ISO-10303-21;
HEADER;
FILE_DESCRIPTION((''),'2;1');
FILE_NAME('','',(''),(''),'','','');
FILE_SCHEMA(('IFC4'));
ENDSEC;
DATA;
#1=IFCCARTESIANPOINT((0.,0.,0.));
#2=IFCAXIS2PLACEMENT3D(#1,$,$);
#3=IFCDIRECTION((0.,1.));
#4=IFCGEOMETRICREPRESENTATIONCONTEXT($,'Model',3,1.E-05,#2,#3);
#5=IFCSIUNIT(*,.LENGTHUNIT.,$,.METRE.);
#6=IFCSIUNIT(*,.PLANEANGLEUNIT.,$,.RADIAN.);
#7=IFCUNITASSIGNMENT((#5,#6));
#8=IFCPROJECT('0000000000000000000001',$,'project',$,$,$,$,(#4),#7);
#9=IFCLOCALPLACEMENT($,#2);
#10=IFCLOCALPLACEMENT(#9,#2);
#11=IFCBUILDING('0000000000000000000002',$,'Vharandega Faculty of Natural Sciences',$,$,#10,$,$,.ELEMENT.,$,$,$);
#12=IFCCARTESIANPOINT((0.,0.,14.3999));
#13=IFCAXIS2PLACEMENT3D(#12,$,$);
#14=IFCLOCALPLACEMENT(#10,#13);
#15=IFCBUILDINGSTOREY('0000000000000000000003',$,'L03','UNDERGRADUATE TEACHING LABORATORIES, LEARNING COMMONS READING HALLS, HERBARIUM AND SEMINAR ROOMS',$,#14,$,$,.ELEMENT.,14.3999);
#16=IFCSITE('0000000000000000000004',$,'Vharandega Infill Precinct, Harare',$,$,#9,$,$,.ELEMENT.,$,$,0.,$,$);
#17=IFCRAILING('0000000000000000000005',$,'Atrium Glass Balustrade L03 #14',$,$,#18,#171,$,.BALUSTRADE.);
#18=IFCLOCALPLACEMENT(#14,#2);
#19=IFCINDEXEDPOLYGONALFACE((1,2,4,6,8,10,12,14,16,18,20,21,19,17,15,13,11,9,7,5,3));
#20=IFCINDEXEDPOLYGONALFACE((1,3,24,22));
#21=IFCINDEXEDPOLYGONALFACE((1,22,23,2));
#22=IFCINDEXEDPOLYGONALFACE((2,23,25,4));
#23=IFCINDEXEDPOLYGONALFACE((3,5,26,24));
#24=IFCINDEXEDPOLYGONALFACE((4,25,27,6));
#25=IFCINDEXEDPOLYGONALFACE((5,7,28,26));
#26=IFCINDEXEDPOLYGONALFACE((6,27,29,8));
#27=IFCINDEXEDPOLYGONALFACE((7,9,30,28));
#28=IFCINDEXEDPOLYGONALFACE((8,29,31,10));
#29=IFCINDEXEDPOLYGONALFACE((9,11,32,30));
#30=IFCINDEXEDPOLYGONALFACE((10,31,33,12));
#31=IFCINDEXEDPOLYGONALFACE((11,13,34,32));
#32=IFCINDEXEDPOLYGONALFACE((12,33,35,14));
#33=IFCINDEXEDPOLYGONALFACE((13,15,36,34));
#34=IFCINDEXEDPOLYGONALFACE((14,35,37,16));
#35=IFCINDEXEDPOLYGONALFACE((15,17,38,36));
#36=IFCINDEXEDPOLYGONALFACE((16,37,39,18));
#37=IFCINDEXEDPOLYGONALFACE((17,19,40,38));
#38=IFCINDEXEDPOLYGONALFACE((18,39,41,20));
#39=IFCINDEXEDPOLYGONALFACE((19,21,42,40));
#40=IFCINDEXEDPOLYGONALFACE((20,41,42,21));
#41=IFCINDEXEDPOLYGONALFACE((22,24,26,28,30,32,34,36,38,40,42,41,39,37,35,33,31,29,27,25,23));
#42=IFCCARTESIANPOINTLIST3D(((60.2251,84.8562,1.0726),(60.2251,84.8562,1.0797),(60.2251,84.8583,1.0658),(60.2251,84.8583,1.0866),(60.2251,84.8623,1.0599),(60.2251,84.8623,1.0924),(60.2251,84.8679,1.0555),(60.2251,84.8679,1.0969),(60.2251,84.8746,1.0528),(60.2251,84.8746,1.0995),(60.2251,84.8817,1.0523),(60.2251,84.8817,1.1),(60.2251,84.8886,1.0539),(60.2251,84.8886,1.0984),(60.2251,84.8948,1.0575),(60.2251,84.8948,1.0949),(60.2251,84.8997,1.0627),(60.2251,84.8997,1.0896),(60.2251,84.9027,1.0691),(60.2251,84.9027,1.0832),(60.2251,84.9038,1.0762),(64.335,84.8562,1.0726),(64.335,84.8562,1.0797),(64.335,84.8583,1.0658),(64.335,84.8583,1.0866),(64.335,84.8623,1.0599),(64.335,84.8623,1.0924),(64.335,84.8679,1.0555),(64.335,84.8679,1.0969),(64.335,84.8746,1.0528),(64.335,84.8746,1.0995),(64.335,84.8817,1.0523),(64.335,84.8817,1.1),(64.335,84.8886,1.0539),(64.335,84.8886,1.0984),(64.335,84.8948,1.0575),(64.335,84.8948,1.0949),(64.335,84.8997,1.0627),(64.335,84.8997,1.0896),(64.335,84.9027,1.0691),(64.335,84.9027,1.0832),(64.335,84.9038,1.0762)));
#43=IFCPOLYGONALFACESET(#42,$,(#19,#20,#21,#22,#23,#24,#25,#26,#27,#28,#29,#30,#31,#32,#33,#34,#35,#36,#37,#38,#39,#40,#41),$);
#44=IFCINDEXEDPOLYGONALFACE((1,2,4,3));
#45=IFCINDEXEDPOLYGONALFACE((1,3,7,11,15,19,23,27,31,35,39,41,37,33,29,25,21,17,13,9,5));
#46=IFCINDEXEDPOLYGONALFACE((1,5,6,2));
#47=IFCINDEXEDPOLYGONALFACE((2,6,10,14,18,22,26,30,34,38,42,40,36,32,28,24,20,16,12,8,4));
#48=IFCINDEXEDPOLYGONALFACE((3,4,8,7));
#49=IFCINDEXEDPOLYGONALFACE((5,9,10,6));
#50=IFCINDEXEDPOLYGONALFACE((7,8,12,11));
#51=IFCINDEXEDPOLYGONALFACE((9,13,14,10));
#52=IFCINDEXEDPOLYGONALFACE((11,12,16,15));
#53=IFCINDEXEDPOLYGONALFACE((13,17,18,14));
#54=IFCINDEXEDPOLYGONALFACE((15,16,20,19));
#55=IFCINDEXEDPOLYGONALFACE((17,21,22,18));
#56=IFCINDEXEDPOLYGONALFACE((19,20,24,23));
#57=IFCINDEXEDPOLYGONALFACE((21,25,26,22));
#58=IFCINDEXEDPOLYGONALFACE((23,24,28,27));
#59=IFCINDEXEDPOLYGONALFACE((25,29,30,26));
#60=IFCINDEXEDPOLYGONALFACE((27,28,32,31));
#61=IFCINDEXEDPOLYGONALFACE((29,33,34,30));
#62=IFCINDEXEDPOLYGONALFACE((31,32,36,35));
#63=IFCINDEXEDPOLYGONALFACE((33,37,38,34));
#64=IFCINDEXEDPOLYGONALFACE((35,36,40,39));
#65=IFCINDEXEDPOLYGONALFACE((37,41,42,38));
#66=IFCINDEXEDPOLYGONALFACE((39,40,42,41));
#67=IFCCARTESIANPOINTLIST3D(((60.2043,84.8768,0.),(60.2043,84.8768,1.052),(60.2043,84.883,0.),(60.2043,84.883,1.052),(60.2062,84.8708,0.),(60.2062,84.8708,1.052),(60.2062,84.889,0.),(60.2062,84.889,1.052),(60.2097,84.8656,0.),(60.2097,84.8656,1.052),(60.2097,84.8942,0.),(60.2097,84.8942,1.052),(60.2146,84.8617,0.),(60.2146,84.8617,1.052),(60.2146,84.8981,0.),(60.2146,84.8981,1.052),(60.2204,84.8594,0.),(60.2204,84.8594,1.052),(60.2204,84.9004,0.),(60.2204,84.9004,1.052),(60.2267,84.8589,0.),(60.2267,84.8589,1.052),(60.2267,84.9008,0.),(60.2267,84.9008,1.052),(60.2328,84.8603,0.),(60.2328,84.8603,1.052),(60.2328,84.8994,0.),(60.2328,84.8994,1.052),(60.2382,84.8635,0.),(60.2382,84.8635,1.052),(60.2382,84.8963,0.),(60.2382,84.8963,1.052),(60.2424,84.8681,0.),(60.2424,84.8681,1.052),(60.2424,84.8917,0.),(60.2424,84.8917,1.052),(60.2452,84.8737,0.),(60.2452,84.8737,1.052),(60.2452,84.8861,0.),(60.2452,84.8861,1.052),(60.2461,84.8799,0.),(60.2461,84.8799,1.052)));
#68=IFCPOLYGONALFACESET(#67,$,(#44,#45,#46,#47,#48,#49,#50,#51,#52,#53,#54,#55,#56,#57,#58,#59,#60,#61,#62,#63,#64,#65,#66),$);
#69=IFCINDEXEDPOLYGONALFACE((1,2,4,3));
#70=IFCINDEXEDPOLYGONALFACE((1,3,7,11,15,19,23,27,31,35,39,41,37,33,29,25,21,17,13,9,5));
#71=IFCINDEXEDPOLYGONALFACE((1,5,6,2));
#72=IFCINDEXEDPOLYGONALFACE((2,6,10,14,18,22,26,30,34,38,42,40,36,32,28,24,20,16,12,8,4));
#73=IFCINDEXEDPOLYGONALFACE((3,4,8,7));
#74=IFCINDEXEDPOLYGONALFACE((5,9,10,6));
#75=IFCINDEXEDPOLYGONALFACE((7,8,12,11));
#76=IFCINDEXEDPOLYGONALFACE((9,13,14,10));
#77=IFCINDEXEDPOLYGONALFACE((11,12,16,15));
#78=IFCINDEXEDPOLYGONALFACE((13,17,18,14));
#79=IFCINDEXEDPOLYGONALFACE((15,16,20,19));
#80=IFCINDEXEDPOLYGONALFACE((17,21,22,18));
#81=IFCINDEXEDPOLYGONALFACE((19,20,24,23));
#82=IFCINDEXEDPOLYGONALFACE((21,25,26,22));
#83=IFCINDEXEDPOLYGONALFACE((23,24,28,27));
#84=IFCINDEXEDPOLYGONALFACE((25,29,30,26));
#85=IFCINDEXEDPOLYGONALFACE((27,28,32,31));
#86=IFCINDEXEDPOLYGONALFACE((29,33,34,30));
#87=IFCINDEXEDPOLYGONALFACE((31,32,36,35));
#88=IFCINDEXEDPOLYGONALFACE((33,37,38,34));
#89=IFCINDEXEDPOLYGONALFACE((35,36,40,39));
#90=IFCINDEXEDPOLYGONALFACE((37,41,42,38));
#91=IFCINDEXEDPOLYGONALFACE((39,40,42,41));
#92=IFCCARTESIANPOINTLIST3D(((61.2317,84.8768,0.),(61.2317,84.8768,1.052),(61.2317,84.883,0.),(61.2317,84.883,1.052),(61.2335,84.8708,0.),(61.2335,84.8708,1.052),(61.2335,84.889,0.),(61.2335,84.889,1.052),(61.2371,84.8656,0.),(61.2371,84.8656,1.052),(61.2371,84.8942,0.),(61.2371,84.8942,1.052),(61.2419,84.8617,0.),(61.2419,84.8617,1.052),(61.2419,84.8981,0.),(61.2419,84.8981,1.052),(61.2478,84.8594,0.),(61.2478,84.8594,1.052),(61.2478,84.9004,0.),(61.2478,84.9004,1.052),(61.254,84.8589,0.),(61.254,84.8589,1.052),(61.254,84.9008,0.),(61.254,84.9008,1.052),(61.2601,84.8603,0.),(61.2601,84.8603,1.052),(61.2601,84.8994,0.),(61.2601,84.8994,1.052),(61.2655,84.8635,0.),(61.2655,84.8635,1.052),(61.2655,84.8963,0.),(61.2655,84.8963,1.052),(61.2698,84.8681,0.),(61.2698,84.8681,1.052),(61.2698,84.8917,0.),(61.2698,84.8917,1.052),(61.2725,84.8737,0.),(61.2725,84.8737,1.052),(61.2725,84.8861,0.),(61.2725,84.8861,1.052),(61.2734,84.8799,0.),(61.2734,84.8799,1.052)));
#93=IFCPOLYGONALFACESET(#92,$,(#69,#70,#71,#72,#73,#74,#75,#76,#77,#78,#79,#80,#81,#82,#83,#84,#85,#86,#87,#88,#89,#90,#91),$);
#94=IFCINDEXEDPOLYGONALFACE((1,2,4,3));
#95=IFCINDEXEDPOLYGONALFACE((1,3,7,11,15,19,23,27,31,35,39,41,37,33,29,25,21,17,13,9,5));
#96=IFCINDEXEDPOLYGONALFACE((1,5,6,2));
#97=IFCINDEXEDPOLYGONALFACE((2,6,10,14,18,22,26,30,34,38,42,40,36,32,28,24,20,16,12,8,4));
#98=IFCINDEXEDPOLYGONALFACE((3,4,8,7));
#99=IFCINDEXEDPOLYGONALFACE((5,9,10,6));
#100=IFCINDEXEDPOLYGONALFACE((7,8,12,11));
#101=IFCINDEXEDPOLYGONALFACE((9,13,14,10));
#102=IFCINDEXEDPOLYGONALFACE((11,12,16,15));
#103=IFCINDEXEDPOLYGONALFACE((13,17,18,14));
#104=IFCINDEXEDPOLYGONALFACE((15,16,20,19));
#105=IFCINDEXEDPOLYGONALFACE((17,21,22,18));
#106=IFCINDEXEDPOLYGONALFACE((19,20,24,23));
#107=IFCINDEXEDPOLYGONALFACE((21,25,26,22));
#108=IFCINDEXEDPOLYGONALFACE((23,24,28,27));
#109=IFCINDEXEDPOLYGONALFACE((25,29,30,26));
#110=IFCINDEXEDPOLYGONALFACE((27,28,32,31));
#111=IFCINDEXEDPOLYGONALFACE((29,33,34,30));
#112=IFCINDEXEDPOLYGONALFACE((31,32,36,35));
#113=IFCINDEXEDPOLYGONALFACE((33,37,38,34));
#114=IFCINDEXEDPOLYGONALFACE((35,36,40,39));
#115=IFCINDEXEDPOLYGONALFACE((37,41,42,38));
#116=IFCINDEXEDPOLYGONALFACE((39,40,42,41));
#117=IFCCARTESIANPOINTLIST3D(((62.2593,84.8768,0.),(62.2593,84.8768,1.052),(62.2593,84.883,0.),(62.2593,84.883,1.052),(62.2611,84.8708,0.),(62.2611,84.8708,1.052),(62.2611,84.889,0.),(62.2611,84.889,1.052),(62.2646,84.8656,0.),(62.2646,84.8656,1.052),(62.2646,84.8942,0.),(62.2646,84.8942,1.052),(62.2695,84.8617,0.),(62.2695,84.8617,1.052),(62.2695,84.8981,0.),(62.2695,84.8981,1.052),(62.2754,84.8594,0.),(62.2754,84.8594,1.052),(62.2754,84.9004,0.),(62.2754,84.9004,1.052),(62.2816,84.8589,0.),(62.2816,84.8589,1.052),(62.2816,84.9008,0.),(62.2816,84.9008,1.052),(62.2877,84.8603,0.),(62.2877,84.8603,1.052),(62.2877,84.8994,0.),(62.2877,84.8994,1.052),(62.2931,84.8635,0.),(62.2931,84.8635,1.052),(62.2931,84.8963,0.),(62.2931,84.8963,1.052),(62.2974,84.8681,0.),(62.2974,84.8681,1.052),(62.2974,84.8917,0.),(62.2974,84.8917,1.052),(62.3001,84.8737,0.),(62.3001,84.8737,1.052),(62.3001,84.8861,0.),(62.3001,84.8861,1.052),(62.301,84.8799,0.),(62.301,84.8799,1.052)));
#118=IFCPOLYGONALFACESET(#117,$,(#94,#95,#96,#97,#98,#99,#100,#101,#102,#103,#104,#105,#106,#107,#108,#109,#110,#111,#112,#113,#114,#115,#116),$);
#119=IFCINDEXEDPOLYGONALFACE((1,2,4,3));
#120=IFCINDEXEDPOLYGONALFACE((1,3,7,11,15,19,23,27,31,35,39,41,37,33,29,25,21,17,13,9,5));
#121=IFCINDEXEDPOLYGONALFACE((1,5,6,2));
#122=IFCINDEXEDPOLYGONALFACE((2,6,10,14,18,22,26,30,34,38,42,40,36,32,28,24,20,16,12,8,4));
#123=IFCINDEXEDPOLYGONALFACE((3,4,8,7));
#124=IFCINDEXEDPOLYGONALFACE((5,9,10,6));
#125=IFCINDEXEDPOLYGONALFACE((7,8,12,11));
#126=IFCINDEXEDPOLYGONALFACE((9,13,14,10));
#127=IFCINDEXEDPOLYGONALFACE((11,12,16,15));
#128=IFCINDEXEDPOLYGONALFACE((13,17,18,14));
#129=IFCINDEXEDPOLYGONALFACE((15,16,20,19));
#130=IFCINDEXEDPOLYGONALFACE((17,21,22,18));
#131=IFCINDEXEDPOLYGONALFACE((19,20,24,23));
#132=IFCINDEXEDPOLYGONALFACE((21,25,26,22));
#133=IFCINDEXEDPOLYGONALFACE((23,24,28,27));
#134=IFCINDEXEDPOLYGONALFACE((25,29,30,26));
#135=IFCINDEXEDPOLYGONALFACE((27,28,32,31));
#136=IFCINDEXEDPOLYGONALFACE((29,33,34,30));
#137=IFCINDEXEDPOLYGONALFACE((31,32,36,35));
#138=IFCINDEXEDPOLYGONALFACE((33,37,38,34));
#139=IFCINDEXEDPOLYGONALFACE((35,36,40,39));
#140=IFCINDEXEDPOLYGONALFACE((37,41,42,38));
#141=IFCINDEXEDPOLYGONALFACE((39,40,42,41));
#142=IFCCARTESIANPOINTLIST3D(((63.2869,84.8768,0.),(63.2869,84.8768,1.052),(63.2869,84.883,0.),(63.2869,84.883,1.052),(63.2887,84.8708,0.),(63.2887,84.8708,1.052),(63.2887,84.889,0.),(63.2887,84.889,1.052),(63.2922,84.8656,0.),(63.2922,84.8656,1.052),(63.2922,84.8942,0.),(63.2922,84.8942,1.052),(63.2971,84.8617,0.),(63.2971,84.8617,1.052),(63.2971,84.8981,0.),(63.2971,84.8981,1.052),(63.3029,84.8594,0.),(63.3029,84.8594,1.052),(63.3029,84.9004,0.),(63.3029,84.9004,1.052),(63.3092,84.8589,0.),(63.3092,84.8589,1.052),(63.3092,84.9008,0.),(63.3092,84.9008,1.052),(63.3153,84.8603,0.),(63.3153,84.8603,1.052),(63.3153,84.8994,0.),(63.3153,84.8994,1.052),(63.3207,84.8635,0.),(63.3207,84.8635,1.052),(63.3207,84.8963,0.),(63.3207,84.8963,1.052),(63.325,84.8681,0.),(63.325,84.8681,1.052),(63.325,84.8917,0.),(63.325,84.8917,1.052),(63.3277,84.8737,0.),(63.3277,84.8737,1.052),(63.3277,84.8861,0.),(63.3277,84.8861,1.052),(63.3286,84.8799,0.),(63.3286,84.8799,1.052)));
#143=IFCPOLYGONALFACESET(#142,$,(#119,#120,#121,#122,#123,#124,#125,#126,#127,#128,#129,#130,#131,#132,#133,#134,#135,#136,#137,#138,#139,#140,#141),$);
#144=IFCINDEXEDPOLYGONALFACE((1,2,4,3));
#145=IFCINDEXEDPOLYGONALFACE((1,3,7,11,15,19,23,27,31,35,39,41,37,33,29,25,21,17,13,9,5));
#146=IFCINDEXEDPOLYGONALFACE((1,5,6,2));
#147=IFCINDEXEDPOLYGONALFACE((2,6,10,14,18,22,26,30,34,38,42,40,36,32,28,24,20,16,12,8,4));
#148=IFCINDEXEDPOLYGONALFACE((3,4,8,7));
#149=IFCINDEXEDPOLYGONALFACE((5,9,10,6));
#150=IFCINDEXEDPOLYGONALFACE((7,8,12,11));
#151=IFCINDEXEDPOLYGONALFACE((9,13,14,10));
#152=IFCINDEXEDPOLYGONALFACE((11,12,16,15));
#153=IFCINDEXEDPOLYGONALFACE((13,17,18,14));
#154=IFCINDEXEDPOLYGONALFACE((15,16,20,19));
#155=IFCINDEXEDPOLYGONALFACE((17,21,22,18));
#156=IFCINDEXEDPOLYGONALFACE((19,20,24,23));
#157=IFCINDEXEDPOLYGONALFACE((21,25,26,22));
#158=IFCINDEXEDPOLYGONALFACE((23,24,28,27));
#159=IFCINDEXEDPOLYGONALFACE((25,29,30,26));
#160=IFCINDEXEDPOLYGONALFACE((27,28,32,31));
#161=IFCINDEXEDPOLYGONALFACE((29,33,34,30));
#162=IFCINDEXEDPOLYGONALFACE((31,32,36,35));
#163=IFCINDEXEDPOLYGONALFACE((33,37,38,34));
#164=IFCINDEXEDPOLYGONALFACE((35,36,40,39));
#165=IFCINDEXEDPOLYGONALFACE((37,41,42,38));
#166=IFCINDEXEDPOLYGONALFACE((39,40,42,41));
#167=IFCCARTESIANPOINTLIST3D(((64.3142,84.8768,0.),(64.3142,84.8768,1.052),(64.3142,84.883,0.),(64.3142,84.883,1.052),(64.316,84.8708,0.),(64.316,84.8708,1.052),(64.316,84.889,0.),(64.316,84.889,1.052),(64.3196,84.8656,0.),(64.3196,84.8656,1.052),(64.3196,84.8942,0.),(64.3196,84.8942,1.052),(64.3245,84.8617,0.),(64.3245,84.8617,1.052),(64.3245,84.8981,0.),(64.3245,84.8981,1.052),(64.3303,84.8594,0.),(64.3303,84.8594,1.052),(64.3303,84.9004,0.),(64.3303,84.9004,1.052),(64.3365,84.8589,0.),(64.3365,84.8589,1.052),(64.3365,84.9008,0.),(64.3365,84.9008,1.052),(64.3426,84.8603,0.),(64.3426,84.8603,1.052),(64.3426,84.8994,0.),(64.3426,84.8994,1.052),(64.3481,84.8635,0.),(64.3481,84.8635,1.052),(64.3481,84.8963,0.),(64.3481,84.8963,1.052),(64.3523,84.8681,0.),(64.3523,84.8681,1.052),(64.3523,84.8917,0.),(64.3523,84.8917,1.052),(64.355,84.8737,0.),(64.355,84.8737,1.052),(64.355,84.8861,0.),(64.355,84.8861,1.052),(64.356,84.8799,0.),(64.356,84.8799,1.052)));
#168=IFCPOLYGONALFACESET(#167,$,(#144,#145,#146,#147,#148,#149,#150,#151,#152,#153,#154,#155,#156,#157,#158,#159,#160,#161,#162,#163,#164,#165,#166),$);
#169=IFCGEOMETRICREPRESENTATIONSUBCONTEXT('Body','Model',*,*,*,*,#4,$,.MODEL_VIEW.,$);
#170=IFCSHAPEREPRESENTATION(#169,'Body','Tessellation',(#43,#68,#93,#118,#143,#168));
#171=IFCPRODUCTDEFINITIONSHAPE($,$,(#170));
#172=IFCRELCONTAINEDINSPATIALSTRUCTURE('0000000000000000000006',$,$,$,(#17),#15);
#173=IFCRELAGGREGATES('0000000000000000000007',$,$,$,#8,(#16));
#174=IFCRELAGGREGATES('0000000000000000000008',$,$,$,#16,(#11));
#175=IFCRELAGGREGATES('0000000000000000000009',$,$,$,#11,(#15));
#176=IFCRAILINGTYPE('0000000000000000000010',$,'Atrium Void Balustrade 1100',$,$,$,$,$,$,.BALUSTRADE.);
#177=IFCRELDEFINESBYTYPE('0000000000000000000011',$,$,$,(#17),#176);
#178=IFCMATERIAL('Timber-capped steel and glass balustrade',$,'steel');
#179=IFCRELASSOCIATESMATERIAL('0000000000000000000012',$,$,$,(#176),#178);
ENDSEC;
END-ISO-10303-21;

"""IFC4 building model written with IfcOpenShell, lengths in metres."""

from ifc_helpers import new_model, si_unit, direction, frame, origin, origin_2d, place, context, subcontext, project, spatial, circle, extrude, material, type_object, element, save


model = new_model("IFC4")

# Units and contexts
model_context = context("Model", 3, precision=1e-05, world=origin(), true_north=direction((0.0, 1.0)))
body_context = subcontext(model_context, "Body", "Model", "MODEL_VIEW")
ifc_project = project(units=[si_unit("LENGTHUNIT", "METRE"), si_unit("PLANEANGLEUNIT", "RADIAN")], contexts=[model_context])

# Site, building, storey
site_placement = place(None, origin())
site = spatial("IfcSite", under=ifc_project, at=site_placement, Name="Vharandega Infill Precinct, Harare", CompositionType="ELEMENT", RefElevation=0.0)
building_placement = place(site_placement, origin())
building = spatial("IfcBuilding", under=site, at=building_placement, Name="Vharandega Faculty of Natural Sciences", CompositionType="ELEMENT")
storey_placement = place(building_placement, frame((0.0, 0.0, 14.3999)))
storey = spatial("IfcBuildingStorey", under=building, at=storey_placement, Name="L03", Description="UNDERGRADUATE TEACHING LABORATORIES, LEARNING COMMONS READING HALLS, HERBARIUM AND SEMINAR ROOMS", CompositionType="ELEMENT", Elevation=14.3999)

# Railing
ifc_material_1 = material(Name="Timber-capped steel and glass balustrade", Category="steel")
railing_type = type_object("IfcRailingType", Name="Atrium Void Balustrade 1100", PredefinedType="BALUSTRADE", material=ifc_material_1)
for number, where, name in (
    (1, (60.2251, 84.8799, 0.0), "Atrium Glass Balustrade L03 #14"),
):
    element("IfcRailing", number, at=place(storey_placement, frame(where)), inside=storey, type_object=railing_type, Name=name, PredefinedType="BALUSTRADE", context=body_context, shape_type="SweptSolid", body=[
        extrude(circle(Radius=0.0239, at=origin_2d()), frame((0.0, 0.0, 1.0762), z_axis=(1.0, 0.0, 0.0), x_axis=(0.0, 1.0, 0.0)), (0.0, 0.0, 1.0), 4.1099),
        extrude(circle(Radius=0.021, at=origin_2d()), origin(), (0.0, 0.0, 1.0), 1.052),
        extrude(circle(Radius=0.021, at=origin_2d()), frame((1.0273, 0.0, 0.0)), (0.0, 0.0, 1.0), 1.052),
        extrude(circle(Radius=0.021, at=origin_2d()), frame((2.0549, 0.0, 0.0)), (0.0, 0.0, 1.0), 1.052),
        extrude(circle(Radius=0.021, at=origin_2d()), frame((3.0825, 0.0, 0.0)), (0.0, 0.0, 1.0), 1.052),
        extrude(circle(Radius=0.021, at=origin_2d()), frame((4.1099, 0.0, 0.0)), (0.0, 0.0, 1.0), 1.052),
    ])

save(model, "model.ifc")
